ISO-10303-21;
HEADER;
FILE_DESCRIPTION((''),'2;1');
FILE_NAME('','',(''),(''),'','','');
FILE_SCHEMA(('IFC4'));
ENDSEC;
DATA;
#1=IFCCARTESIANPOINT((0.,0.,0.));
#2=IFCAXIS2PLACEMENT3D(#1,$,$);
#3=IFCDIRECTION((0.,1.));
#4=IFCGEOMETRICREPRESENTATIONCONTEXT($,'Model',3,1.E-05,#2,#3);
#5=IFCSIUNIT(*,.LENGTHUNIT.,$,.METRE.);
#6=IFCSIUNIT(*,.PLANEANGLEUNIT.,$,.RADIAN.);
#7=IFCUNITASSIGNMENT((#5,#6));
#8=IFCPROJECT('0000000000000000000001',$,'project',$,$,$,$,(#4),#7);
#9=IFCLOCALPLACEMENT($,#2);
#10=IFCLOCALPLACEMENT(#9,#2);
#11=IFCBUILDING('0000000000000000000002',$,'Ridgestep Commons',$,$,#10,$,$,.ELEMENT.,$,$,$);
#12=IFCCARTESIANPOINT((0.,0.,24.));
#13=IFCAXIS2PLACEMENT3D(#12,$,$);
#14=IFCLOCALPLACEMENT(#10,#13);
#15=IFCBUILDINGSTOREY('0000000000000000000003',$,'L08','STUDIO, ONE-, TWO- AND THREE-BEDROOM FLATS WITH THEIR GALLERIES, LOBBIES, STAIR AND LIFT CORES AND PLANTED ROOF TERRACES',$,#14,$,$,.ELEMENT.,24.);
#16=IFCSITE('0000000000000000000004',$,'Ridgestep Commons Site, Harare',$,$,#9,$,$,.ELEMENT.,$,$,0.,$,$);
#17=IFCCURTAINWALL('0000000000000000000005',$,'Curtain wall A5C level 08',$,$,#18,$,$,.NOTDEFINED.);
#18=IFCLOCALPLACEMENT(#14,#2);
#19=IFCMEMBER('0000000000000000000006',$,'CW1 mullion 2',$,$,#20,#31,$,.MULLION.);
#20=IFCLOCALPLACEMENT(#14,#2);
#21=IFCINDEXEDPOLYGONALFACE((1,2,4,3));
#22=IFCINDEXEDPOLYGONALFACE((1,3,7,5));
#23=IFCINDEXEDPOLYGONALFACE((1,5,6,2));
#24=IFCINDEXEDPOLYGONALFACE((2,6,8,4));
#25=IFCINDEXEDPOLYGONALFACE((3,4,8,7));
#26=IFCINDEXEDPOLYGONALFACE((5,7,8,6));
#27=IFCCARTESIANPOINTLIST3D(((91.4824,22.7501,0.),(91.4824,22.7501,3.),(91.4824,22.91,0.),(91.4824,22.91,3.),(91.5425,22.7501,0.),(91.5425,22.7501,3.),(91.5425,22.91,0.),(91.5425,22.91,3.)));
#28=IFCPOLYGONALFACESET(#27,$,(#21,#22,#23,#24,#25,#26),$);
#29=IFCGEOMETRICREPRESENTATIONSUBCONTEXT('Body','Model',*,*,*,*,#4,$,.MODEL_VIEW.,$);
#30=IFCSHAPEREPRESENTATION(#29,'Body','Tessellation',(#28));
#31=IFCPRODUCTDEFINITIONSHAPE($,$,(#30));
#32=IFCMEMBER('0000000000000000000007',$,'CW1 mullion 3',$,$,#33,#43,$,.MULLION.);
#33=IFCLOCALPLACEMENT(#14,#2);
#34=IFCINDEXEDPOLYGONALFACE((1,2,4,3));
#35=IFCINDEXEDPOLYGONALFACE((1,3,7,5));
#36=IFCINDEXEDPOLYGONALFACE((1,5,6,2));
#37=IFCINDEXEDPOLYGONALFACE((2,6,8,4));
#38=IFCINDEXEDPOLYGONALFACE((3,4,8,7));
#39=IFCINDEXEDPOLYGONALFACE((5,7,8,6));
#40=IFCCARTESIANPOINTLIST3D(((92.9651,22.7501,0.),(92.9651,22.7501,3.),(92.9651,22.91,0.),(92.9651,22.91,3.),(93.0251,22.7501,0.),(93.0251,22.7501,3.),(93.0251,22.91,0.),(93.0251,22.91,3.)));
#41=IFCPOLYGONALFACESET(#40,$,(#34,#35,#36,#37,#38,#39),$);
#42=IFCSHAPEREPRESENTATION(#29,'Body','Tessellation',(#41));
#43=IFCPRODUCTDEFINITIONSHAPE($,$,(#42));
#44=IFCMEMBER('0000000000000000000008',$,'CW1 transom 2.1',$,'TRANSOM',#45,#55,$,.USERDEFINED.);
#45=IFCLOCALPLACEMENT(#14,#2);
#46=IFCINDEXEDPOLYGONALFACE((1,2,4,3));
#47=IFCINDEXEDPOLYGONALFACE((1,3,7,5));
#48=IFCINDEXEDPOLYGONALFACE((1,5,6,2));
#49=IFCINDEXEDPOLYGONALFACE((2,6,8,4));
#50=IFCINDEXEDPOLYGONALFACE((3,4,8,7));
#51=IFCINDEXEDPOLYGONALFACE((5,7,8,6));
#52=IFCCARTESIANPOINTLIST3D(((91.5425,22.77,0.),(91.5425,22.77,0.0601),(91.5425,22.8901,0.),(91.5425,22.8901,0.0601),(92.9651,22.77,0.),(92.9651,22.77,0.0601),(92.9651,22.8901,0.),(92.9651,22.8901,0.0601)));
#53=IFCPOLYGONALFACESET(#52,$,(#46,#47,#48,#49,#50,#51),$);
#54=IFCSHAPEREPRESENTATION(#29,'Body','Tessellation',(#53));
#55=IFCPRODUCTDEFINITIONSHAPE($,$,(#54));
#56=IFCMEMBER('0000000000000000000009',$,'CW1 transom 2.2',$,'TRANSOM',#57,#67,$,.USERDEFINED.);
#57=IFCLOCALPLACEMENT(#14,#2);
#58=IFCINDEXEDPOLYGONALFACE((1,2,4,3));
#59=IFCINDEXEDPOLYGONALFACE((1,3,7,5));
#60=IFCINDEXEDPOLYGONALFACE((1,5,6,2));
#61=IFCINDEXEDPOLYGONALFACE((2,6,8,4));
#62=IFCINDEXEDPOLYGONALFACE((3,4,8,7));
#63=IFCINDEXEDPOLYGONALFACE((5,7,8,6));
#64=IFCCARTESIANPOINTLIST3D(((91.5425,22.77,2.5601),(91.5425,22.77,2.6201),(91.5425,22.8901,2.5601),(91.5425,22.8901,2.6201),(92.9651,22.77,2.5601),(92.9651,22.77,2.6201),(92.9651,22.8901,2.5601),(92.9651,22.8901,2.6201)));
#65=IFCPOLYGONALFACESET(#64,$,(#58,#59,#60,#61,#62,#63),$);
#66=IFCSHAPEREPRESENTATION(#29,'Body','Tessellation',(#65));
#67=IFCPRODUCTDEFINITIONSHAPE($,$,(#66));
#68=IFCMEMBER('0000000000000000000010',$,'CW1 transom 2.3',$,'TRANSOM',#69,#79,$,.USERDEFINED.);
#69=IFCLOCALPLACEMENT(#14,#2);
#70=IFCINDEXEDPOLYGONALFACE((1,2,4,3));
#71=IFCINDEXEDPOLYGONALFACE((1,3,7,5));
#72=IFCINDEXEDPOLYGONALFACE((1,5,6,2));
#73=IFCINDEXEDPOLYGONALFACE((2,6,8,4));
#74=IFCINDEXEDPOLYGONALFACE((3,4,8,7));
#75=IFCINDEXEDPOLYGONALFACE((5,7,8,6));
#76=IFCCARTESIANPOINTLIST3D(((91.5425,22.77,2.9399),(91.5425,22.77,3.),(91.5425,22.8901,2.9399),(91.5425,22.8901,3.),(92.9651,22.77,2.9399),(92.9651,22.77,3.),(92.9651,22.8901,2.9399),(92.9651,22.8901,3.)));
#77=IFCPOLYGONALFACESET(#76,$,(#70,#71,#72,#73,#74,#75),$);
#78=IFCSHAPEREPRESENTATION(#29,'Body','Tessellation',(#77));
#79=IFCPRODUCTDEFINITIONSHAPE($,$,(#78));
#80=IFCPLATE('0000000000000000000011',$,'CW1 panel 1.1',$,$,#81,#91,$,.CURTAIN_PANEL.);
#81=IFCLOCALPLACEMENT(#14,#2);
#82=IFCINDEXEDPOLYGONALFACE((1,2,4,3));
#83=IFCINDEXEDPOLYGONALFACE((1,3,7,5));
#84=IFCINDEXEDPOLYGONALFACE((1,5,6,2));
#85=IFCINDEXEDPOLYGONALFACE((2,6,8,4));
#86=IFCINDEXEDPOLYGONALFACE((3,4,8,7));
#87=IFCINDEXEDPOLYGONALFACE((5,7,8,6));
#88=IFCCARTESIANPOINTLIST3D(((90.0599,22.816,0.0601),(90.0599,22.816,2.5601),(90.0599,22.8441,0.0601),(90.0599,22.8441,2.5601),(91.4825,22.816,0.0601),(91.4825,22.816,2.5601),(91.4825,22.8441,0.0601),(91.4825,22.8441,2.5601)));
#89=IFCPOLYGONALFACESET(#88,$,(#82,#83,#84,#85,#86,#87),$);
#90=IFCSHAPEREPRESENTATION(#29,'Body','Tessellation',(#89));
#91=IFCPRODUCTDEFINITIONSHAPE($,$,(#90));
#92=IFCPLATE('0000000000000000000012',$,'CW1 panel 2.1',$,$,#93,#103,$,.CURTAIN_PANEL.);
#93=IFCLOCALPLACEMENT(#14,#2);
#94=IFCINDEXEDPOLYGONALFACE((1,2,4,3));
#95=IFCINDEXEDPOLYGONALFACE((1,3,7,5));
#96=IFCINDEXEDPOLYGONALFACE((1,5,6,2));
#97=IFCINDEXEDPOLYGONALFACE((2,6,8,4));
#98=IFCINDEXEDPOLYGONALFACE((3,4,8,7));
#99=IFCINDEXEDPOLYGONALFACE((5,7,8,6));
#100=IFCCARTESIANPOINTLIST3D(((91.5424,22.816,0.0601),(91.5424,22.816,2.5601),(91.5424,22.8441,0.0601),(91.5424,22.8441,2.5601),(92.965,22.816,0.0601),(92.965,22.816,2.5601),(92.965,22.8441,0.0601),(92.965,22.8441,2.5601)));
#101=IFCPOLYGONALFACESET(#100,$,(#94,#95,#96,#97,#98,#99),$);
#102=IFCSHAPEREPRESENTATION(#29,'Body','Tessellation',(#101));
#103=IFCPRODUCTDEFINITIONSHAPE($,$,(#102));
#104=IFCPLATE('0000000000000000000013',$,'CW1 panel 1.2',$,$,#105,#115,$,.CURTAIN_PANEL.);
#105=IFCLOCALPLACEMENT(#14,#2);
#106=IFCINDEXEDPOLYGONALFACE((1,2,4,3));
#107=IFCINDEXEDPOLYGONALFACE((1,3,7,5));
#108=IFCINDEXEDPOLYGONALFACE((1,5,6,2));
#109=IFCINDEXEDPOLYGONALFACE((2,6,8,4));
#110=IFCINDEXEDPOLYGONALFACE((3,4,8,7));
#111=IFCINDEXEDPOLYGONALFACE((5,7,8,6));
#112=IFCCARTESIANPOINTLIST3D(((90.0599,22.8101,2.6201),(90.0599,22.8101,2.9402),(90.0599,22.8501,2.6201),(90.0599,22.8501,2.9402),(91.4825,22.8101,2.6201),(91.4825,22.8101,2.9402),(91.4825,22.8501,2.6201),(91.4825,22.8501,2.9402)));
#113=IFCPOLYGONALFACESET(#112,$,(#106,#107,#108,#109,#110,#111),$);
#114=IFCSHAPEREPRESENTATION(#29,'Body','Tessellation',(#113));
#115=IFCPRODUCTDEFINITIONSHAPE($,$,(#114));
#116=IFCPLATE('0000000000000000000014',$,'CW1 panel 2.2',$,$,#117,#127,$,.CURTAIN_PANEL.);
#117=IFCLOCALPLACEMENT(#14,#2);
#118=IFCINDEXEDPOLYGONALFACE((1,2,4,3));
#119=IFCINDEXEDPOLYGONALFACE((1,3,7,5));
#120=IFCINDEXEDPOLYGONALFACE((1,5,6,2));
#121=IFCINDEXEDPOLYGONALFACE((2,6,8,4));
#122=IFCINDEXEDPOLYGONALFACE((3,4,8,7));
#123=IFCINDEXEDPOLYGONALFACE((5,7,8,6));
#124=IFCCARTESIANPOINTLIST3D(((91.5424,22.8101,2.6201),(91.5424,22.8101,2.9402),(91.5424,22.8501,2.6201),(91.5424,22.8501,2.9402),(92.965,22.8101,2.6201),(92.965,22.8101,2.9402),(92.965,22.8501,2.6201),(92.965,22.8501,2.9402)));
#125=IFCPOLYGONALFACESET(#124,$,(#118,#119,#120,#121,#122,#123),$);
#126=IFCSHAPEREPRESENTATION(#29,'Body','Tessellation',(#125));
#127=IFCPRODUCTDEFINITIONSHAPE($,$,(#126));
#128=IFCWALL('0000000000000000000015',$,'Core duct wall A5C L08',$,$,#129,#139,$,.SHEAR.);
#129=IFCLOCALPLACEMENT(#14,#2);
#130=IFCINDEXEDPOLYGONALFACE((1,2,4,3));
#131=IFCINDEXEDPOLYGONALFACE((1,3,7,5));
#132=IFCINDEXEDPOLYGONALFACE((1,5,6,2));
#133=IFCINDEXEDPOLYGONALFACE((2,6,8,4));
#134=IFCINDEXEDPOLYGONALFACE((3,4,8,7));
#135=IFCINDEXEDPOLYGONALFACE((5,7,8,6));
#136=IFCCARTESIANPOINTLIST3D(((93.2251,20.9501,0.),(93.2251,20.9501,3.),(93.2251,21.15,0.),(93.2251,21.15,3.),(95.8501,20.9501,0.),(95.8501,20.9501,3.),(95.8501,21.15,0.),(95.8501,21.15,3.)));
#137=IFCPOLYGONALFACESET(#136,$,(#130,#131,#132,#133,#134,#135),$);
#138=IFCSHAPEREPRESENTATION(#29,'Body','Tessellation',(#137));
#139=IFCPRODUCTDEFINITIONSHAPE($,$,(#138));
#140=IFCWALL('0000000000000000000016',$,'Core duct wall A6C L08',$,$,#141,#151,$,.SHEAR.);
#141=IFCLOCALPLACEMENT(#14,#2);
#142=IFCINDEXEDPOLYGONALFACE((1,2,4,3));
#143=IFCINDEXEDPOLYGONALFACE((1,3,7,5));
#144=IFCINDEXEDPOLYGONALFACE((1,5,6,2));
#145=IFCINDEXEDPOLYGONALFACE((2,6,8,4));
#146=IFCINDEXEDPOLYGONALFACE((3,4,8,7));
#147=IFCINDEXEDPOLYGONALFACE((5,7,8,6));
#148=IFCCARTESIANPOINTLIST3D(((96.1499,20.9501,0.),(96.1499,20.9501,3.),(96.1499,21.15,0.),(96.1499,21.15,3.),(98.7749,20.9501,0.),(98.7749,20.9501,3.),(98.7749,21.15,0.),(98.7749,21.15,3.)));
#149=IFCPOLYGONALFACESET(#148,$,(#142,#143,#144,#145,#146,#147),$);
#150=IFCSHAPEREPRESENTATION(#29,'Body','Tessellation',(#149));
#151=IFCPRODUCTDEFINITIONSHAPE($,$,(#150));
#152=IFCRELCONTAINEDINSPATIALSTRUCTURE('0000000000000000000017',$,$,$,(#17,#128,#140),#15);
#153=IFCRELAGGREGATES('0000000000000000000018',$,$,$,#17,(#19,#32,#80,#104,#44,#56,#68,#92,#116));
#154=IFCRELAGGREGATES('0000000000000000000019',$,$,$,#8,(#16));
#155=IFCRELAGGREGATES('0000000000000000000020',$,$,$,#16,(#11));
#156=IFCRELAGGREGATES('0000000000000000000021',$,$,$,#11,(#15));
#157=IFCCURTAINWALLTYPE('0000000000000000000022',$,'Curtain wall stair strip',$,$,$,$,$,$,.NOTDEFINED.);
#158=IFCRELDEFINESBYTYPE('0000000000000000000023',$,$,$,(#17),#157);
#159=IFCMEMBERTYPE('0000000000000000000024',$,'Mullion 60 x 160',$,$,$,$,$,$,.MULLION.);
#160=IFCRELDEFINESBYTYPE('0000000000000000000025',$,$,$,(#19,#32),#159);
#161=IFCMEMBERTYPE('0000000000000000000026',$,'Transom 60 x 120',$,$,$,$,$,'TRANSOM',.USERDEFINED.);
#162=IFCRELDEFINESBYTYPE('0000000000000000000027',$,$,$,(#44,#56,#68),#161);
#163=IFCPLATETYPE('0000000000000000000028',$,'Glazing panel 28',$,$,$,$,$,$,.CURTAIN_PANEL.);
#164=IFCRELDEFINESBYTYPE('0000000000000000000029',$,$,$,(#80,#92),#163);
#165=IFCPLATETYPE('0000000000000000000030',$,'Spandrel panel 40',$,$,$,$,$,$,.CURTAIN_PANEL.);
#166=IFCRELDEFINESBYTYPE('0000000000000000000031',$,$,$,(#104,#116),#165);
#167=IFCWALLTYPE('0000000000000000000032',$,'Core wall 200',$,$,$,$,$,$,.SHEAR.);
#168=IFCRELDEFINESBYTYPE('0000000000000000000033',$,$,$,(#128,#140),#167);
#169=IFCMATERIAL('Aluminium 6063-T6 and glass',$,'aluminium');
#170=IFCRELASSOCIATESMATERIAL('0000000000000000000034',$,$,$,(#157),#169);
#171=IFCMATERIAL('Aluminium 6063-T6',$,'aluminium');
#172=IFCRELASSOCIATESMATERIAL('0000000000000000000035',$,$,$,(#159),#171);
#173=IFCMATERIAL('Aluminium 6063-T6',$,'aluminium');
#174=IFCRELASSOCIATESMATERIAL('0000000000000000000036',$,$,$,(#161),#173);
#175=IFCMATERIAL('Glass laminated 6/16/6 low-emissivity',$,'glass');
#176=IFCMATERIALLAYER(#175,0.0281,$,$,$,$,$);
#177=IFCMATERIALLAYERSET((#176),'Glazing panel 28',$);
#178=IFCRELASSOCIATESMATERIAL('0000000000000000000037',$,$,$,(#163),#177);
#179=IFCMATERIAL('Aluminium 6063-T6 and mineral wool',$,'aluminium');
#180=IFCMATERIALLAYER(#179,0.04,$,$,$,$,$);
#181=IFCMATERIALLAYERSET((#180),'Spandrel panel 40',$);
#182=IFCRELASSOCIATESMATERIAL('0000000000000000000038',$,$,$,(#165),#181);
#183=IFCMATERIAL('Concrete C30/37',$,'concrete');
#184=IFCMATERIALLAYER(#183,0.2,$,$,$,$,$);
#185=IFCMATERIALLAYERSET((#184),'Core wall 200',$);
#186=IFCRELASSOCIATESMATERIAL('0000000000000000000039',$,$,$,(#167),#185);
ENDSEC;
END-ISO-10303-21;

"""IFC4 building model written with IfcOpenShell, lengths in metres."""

from ifc_helpers import new_model, si_unit, direction, frame, frame_2d, origin, origin_2d, place, context, subcontext, project, spatial, rectangle, extrude, material, layer, layer_set, material_profile, profile_set, type_object, element, aggregate, save


model = new_model("IFC4")

# Units and contexts
model_context = context("Model", 3, precision=1e-05, world=origin(), true_north=direction((0.0, 1.0)))
body_context = subcontext(model_context, "Body", "Model", "MODEL_VIEW")
ifc_project = project(units=[si_unit("LENGTHUNIT", "METRE"), si_unit("PLANEANGLEUNIT", "RADIAN")], contexts=[model_context])

# Site, building, storey
site_placement = place(None, origin())
site = spatial("IfcSite", under=ifc_project, at=site_placement, Name="Ridgestep Commons Site, Harare", CompositionType="ELEMENT", RefElevation=0.0)
building_placement = place(site_placement, origin())
building = spatial("IfcBuilding", under=site, at=building_placement, Name="Ridgestep Commons", CompositionType="ELEMENT")
storey_placement = place(building_placement, frame((0.0, 0.0, 24.0)))
storey = spatial("IfcBuildingStorey", under=building, at=storey_placement, Name="L08", Description="STUDIO, ONE-, TWO- AND THREE-BEDROOM FLATS WITH THEIR GALLERIES, LOBBIES, STAIR AND LIFT CORES AND PLANTED ROOF TERRACES", CompositionType="ELEMENT", Elevation=24.0)

# Curtain wall, members, plates
ifc_material_1 = material(Name="Aluminium 6063-T6 and glass", Category="aluminium")
curtain_wall_type = type_object("IfcCurtainWallType", Name="Curtain wall stair strip", PredefinedType="NOTDEFINED", material=ifc_material_1)
curtain_wall_placement = place(storey_placement, origin())
curtain_wall = element("IfcCurtainWall", 1, at=curtain_wall_placement, inside=storey, type_object=curtain_wall_type, Name="Curtain wall A5C level 08", PredefinedType="NOTDEFINED")
ifc_material_2 = material(Name="Aluminium 6063-T6", Category="aluminium")
ifc_material_profile_1 = material_profile(ifc_material_2, rectangle(XDim=0.1599, YDim=0.0601, at=origin_2d()), Name="Mullion 60 x 160")
ifc_profile_set_1 = profile_set([ifc_material_profile_1], Name="Aluminium 6063-T6")
member_type_1 = type_object("IfcMemberType", Name="Mullion 60 x 160", PredefinedType="MULLION", material=ifc_profile_set_1)
member_1_placement = place(storey_placement, frame((91.5125, 22.8301, 0.0), z_axis=(0.0, 0.0, 1.0), x_axis=(0.0, 1.0, 0.0)))
member_1 = element("IfcMember", 2, at=member_1_placement, type_object=member_type_1, Name="CW1 mullion 2", PredefinedType="MULLION", context=body_context, shape_type="SweptSolid", body=[
    extrude(rectangle(XDim=0.1599, YDim=0.0601, at=origin_2d()), origin(), (0.0, 0.0, 1.0), 3.0),
])
member_2_placement = place(storey_placement, frame((92.9951, 22.8301, 0.0), z_axis=(0.0, 0.0, 1.0), x_axis=(0.0, 1.0, 0.0)))
member_2 = element("IfcMember", 3, at=member_2_placement, type_object=member_type_1, Name="CW1 mullion 3", PredefinedType="MULLION", context=body_context, shape_type="SweptSolid", body=[
    extrude(rectangle(XDim=0.1599, YDim=0.0601, at=origin_2d()), origin(), (0.0, 0.0, 1.0), 3.0),
])
ifc_material_3 = material(Name="Aluminium 6063-T6", Category="aluminium")
ifc_material_profile_2 = material_profile(ifc_material_3, rectangle(XDim=0.1201, YDim=0.0601, at=origin_2d()), Name="Transom 60 x 120")
ifc_profile_set_2 = profile_set([ifc_material_profile_2], Name="Aluminium 6063-T6")
member_type_2 = type_object("IfcMemberType", Name="Transom 60 x 120", ElementType="TRANSOM", PredefinedType="USERDEFINED", material=ifc_profile_set_2)
member_3_placement = place(storey_placement, frame((91.5425, 22.8301, 0.03), z_axis=(1.0, 0.0, 0.0), x_axis=(0.0, 1.0, 0.0)))
member_3 = element("IfcMember", 4, at=member_3_placement, type_object=member_type_2, Name="CW1 transom 2.1", ObjectType="TRANSOM", PredefinedType="USERDEFINED", context=body_context, shape_type="SweptSolid", body=[
    extrude(rectangle(XDim=0.1201, YDim=0.0601, at=origin_2d()), origin(), (0.0, 0.0, 1.0), 1.4226),
])
member_4_placement = place(storey_placement, frame((91.5425, 22.8301, 2.5901), z_axis=(1.0, 0.0, 0.0), x_axis=(0.0, 1.0, 0.0)))
member_4 = element("IfcMember", 5, at=member_4_placement, type_object=member_type_2, Name="CW1 transom 2.2", ObjectType="TRANSOM", PredefinedType="USERDEFINED", context=body_context, shape_type="SweptSolid", body=[
    extrude(rectangle(XDim=0.1201, YDim=0.0601, at=origin_2d()), origin(), (0.0, 0.0, 1.0), 1.4226),
])
member_5_placement = place(storey_placement, frame((91.5425, 22.8301, 2.97), z_axis=(1.0, 0.0, 0.0), x_axis=(0.0, 1.0, 0.0)))
member_5 = element("IfcMember", 6, at=member_5_placement, type_object=member_type_2, Name="CW1 transom 2.3", ObjectType="TRANSOM", PredefinedType="USERDEFINED", context=body_context, shape_type="SweptSolid", body=[
    extrude(rectangle(XDim=0.1201, YDim=0.0601, at=origin_2d()), origin(), (0.0, 0.0, 1.0), 1.4226),
])
ifc_material_4 = material(Name="Glass laminated 6/16/6 low-emissivity", Category="glass")
ifc_layer_1 = layer(ifc_material_4, 0.0281)
ifc_layer_set_1 = layer_set([ifc_layer_1], Name="Glazing panel 28")
plate_type_1 = type_object("IfcPlateType", Name="Glazing panel 28", PredefinedType="CURTAIN_PANEL", material=ifc_layer_set_1)
plate_1_placement = place(storey_placement, frame((90.7712, 22.8301, 0.0601), z_axis=(0.0, 0.0, 1.0), x_axis=(1.0, 0.0, 0.0)))
plate_1 = element("IfcPlate", 7, at=plate_1_placement, type_object=plate_type_1, Name="CW1 panel 1.1", PredefinedType="CURTAIN_PANEL", context=body_context, shape_type="SweptSolid", body=[
    extrude(rectangle(XDim=1.4226, YDim=0.0281, at=origin_2d()), origin(), (0.0, 0.0, 1.0), 2.5),
])
plate_2_placement = place(storey_placement, frame((92.2537, 22.8301, 0.0601), z_axis=(0.0, 0.0, 1.0), x_axis=(1.0, 0.0, 0.0)))
plate_2 = element("IfcPlate", 8, at=plate_2_placement, type_object=plate_type_1, Name="CW1 panel 2.1", PredefinedType="CURTAIN_PANEL", context=body_context, shape_type="SweptSolid", body=[
    extrude(rectangle(XDim=1.4226, YDim=0.0281, at=origin_2d()), origin(), (0.0, 0.0, 1.0), 2.5),
])
ifc_material_5 = material(Name="Aluminium 6063-T6 and mineral wool", Category="aluminium")
ifc_layer_2 = layer(ifc_material_5, 0.04)
ifc_layer_set_2 = layer_set([ifc_layer_2], Name="Spandrel panel 40")
plate_type_2 = type_object("IfcPlateType", Name="Spandrel panel 40", PredefinedType="CURTAIN_PANEL", material=ifc_layer_set_2)
plate_3_placement = place(storey_placement, frame((90.7712, 22.8301, 2.6201), z_axis=(0.0, 0.0, 1.0), x_axis=(1.0, 0.0, 0.0)))
plate_3 = element("IfcPlate", 9, at=plate_3_placement, type_object=plate_type_2, Name="CW1 panel 1.2", PredefinedType="CURTAIN_PANEL", context=body_context, shape_type="SweptSolid", body=[
    extrude(rectangle(XDim=1.4226, YDim=0.04, at=origin_2d()), origin(), (0.0, 0.0, 1.0), 0.3201),
])
plate_4_placement = place(storey_placement, frame((92.2537, 22.8301, 2.6201), z_axis=(0.0, 0.0, 1.0), x_axis=(1.0, 0.0, 0.0)))
plate_4 = element("IfcPlate", 10, at=plate_4_placement, type_object=plate_type_2, Name="CW1 panel 2.2", PredefinedType="CURTAIN_PANEL", context=body_context, shape_type="SweptSolid", body=[
    extrude(rectangle(XDim=1.4226, YDim=0.04, at=origin_2d()), origin(), (0.0, 0.0, 1.0), 0.3201),
])
aggregate(curtain_wall, [member_1, member_2, plate_1, plate_3, member_3, member_4, member_5, plate_2, plate_4])

# Walls
ifc_material_6 = material(Name="Concrete C30/37", Category="concrete")
ifc_layer_3 = layer(ifc_material_6, 0.2)
ifc_layer_set_3 = layer_set([ifc_layer_3], Name="Core wall 200")
wall_type = type_object("IfcWallType", Name="Core wall 200", PredefinedType="SHEAR", material=ifc_layer_set_3)
for number, where, z_axis, x_axis, name in (
    (11, (93.2251, 21.05, 0.0), (0.0, 0.0, 1.0), (1.0, 0.0, 0.0), "Core duct wall A5C L08"),
    (12, (96.1499, 21.05, 0.0), (0.0, 0.0, 1.0), (1.0, 0.0, 0.0), "Core duct wall A6C L08"),
):
    element("IfcWall", number, at=place(storey_placement, frame(where, z_axis=z_axis, x_axis=x_axis)), inside=storey, type_object=wall_type, Name=name, PredefinedType="SHEAR", context=body_context, shape_type="SweptSolid", body=[
        extrude(rectangle(XDim=2.625, YDim=0.2, at=frame_2d((1.3125, 0.0))), origin(), (0.0, 0.0, 1.0), 3.0),
    ])

save(model, "model.ifc")
